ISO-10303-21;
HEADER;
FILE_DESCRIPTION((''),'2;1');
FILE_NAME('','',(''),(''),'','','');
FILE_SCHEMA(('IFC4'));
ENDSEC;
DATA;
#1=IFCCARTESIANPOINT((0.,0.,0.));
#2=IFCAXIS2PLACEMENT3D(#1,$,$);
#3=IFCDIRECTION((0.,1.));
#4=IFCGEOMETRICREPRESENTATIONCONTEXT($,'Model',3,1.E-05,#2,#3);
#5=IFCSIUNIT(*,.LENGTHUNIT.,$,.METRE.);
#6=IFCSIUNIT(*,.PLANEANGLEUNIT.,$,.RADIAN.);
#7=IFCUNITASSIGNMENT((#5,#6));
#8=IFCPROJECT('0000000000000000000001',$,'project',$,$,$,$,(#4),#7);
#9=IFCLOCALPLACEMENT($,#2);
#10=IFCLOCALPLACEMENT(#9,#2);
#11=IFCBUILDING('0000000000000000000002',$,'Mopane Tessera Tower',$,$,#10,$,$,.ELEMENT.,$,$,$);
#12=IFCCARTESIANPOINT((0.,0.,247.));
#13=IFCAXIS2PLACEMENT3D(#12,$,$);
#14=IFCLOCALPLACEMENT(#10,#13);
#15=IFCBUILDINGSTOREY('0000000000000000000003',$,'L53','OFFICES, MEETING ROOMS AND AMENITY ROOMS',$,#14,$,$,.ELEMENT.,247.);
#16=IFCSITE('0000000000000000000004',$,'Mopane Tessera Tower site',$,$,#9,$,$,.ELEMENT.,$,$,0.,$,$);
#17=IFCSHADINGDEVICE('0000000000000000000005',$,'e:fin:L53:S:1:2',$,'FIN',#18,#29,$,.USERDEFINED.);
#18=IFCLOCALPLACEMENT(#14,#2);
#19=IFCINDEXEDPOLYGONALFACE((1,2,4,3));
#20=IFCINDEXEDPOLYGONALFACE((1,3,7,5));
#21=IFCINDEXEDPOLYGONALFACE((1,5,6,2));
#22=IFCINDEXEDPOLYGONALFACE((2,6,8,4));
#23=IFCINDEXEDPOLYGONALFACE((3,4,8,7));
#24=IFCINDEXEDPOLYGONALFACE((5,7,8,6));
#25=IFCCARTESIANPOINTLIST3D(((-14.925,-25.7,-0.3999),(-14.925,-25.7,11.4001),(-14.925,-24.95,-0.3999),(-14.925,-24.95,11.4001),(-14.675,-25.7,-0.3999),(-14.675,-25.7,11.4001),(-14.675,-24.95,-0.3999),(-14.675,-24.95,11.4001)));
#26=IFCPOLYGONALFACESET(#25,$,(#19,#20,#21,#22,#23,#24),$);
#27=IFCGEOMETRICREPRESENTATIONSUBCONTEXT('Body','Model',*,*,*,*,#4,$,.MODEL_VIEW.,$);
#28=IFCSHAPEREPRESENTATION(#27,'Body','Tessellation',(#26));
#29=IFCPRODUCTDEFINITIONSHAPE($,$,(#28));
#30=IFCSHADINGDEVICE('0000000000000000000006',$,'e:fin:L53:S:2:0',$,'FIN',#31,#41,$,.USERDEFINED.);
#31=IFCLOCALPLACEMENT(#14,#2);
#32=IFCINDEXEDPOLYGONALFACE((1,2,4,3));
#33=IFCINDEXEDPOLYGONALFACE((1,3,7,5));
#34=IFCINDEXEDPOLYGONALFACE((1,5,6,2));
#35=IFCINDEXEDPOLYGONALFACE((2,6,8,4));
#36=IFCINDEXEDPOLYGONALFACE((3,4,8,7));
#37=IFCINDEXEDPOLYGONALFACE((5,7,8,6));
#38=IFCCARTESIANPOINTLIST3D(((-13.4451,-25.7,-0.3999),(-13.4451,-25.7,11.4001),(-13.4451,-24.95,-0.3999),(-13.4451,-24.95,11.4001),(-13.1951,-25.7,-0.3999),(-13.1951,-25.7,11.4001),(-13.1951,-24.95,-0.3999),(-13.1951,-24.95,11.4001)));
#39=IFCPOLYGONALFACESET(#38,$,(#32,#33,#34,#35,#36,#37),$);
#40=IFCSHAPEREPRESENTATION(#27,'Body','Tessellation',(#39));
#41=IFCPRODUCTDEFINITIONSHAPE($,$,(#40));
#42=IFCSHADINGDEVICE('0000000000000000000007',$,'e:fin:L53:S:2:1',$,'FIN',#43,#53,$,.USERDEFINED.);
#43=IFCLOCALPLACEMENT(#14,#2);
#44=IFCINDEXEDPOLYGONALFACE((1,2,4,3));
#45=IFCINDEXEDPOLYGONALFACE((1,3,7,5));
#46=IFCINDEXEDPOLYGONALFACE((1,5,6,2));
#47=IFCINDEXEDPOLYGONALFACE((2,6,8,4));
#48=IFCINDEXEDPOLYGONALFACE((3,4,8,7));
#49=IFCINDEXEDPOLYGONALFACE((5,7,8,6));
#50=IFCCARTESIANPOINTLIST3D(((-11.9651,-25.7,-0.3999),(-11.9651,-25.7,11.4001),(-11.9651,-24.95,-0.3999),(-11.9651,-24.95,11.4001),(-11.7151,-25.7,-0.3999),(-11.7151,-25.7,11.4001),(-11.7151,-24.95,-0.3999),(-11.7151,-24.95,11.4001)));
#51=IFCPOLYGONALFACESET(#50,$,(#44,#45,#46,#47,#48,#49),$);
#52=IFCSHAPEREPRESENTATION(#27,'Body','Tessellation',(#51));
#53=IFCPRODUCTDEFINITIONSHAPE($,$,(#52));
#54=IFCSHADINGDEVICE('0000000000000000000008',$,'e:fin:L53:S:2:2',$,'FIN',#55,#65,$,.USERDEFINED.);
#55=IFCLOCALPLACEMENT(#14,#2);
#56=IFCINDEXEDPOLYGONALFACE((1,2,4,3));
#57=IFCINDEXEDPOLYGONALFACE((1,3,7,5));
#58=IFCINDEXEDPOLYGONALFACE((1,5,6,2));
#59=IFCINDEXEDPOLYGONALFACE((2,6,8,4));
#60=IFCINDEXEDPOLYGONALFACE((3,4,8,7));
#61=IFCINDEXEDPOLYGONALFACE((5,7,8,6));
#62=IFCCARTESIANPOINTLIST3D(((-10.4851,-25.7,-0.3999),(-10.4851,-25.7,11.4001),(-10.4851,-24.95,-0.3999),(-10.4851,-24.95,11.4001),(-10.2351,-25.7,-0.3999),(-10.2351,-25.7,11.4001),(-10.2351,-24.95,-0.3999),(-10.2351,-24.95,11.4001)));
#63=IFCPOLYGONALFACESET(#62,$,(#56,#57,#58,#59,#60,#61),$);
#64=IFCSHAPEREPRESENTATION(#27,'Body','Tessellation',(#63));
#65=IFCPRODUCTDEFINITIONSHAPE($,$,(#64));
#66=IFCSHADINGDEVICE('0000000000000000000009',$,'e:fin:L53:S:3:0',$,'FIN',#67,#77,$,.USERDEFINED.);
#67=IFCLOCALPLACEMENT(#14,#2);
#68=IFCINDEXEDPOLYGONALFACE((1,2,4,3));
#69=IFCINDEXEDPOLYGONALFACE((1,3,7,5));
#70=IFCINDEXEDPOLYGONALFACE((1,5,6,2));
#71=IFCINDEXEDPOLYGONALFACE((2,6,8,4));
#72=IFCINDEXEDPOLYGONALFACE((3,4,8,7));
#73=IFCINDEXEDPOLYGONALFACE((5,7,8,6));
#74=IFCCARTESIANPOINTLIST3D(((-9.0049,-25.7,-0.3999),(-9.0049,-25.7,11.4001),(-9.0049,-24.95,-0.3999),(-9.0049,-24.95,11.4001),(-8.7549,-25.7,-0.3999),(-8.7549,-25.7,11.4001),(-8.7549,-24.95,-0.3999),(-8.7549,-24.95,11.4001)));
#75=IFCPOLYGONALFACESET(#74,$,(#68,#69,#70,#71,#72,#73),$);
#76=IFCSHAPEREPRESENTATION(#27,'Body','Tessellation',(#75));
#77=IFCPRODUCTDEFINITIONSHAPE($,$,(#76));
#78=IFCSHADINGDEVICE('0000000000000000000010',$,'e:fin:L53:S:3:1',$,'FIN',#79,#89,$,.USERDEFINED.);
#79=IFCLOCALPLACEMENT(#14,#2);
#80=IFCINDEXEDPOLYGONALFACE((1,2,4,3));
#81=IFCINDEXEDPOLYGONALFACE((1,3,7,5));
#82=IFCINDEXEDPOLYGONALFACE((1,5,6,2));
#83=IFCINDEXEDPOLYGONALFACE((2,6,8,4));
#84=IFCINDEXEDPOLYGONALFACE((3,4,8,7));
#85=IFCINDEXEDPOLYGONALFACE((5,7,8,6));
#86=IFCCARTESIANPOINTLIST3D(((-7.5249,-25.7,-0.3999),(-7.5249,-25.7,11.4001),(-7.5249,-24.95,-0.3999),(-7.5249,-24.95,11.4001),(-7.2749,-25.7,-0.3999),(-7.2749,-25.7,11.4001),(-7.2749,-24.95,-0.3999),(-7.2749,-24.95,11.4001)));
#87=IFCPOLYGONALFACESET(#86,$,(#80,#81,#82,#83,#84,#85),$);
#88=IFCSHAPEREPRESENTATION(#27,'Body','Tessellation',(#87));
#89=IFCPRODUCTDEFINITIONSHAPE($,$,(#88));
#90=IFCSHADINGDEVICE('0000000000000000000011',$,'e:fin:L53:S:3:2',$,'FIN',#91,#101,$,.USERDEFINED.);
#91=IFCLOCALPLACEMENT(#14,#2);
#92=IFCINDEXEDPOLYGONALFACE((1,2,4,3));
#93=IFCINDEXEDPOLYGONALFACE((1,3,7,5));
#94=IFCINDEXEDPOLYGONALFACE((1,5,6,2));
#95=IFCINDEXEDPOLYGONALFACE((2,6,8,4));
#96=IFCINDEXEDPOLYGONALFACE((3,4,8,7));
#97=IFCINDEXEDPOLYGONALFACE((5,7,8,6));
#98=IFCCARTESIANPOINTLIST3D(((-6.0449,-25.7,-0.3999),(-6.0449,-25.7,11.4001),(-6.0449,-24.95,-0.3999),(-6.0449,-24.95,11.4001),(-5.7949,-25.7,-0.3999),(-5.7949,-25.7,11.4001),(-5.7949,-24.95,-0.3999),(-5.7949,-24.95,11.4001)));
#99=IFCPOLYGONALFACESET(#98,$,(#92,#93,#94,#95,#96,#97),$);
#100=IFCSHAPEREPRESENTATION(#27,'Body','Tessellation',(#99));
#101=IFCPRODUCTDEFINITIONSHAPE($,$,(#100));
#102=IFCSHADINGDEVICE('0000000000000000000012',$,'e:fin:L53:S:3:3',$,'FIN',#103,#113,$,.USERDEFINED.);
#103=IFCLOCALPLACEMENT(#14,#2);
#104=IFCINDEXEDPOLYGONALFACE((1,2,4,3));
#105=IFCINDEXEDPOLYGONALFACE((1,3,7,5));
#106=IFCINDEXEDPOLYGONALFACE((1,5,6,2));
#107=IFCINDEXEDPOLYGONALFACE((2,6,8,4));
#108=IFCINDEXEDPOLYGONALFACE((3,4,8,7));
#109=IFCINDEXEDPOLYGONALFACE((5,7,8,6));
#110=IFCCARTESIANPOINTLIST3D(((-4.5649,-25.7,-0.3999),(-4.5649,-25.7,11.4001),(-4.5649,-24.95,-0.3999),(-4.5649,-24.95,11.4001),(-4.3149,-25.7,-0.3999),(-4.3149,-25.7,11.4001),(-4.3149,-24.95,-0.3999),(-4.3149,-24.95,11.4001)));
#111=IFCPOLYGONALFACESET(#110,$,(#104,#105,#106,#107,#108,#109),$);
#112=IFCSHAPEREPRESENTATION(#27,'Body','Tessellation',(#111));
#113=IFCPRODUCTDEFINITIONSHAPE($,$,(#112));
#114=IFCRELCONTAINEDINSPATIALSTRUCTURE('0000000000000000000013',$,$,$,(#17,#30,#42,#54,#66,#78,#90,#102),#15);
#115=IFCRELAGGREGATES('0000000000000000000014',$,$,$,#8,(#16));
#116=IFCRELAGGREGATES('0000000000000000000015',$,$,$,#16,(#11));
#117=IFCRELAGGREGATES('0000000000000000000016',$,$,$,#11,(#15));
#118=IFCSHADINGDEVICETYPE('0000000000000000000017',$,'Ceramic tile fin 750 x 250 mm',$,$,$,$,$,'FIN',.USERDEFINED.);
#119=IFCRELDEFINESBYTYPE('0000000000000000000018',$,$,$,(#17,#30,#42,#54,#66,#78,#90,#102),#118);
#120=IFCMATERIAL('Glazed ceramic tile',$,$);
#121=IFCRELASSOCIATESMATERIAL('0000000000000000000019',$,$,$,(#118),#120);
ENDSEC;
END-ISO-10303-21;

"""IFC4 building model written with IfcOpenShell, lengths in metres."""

from ifc_helpers import new_model, si_unit, direction, frame, origin, origin_2d, place, context, subcontext, project, spatial, rectangle, extrude, material, type_object, element, save


model = new_model("IFC4")

# Units and contexts
model_context = context("Model", 3, precision=1e-05, world=origin(), true_north=direction((0.0, 1.0)))
body_context = subcontext(model_context, "Body", "Model", "MODEL_VIEW")
ifc_project = project(units=[si_unit("LENGTHUNIT", "METRE"), si_unit("PLANEANGLEUNIT", "RADIAN")], contexts=[model_context])

# Site, building, storey
site_placement = place(None, origin())
site = spatial("IfcSite", under=ifc_project, at=site_placement, Name="Mopane Tessera Tower site", CompositionType="ELEMENT", RefElevation=0.0)
building_placement = place(site_placement, origin())
building = spatial("IfcBuilding", under=site, at=building_placement, Name="Mopane Tessera Tower", CompositionType="ELEMENT")
storey_placement = place(building_placement, frame((0.0, 0.0, 247.0)))
storey = spatial("IfcBuildingStorey", under=building, at=storey_placement, Name="L53", Description="OFFICES, MEETING ROOMS AND AMENITY ROOMS", CompositionType="ELEMENT", Elevation=247.0)

# Shading devices
ifc_material_1 = material(Name="Glazed ceramic tile")
shading_device_type = type_object("IfcShadingDeviceType", Name="Ceramic tile fin 750 x 250 mm", ElementType="FIN", PredefinedType="USERDEFINED", material=ifc_material_1)
for number, where, z_axis, x_axis, name in (
    (1, (-14.8, -25.325, -0.3999), (0.0, 0.0, 1.0), (1.0, 0.0, 0.0), "e:fin:L53:S:1:2"),
    (2, (-13.3201, -25.325, -0.3999), (0.0, 0.0, 1.0), (1.0, 0.0, 0.0), "e:fin:L53:S:2:0"),
    (3, (-11.8401, -25.325, -0.3999), (0.0, 0.0, 1.0), (1.0, 0.0, 0.0), "e:fin:L53:S:2:1"),
    (4, (-10.3601, -25.325, -0.3999), (0.0, 0.0, 1.0), (1.0, 0.0, 0.0), "e:fin:L53:S:2:2"),
    (5, (-8.8799, -25.325, -0.3999), (0.0, 0.0, 1.0), (1.0, 0.0, 0.0), "e:fin:L53:S:3:0"),
    (6, (-7.3999, -25.325, -0.3999), (0.0, 0.0, 1.0), (1.0, 0.0, 0.0), "e:fin:L53:S:3:1"),
    (7, (-5.9199, -25.325, -0.3999), (0.0, 0.0, 1.0), (1.0, 0.0, 0.0), "e:fin:L53:S:3:2"),
    (8, (-4.4399, -25.325, -0.3999), (0.0, 0.0, 1.0), (1.0, 0.0, 0.0), "e:fin:L53:S:3:3"),
):
    element("IfcShadingDevice", number, at=place(storey_placement, frame(where, z_axis=z_axis, x_axis=x_axis)), inside=storey, type_object=shading_device_type, Name=name, ObjectType="FIN", PredefinedType="USERDEFINED", context=body_context, shape_type="SweptSolid", body=[
        extrude(rectangle(XDim=0.25, YDim=0.75, at=origin_2d()), origin(), (0.0, 0.0, 1.0), 11.8),
    ])

save(model, "model.ifc")
